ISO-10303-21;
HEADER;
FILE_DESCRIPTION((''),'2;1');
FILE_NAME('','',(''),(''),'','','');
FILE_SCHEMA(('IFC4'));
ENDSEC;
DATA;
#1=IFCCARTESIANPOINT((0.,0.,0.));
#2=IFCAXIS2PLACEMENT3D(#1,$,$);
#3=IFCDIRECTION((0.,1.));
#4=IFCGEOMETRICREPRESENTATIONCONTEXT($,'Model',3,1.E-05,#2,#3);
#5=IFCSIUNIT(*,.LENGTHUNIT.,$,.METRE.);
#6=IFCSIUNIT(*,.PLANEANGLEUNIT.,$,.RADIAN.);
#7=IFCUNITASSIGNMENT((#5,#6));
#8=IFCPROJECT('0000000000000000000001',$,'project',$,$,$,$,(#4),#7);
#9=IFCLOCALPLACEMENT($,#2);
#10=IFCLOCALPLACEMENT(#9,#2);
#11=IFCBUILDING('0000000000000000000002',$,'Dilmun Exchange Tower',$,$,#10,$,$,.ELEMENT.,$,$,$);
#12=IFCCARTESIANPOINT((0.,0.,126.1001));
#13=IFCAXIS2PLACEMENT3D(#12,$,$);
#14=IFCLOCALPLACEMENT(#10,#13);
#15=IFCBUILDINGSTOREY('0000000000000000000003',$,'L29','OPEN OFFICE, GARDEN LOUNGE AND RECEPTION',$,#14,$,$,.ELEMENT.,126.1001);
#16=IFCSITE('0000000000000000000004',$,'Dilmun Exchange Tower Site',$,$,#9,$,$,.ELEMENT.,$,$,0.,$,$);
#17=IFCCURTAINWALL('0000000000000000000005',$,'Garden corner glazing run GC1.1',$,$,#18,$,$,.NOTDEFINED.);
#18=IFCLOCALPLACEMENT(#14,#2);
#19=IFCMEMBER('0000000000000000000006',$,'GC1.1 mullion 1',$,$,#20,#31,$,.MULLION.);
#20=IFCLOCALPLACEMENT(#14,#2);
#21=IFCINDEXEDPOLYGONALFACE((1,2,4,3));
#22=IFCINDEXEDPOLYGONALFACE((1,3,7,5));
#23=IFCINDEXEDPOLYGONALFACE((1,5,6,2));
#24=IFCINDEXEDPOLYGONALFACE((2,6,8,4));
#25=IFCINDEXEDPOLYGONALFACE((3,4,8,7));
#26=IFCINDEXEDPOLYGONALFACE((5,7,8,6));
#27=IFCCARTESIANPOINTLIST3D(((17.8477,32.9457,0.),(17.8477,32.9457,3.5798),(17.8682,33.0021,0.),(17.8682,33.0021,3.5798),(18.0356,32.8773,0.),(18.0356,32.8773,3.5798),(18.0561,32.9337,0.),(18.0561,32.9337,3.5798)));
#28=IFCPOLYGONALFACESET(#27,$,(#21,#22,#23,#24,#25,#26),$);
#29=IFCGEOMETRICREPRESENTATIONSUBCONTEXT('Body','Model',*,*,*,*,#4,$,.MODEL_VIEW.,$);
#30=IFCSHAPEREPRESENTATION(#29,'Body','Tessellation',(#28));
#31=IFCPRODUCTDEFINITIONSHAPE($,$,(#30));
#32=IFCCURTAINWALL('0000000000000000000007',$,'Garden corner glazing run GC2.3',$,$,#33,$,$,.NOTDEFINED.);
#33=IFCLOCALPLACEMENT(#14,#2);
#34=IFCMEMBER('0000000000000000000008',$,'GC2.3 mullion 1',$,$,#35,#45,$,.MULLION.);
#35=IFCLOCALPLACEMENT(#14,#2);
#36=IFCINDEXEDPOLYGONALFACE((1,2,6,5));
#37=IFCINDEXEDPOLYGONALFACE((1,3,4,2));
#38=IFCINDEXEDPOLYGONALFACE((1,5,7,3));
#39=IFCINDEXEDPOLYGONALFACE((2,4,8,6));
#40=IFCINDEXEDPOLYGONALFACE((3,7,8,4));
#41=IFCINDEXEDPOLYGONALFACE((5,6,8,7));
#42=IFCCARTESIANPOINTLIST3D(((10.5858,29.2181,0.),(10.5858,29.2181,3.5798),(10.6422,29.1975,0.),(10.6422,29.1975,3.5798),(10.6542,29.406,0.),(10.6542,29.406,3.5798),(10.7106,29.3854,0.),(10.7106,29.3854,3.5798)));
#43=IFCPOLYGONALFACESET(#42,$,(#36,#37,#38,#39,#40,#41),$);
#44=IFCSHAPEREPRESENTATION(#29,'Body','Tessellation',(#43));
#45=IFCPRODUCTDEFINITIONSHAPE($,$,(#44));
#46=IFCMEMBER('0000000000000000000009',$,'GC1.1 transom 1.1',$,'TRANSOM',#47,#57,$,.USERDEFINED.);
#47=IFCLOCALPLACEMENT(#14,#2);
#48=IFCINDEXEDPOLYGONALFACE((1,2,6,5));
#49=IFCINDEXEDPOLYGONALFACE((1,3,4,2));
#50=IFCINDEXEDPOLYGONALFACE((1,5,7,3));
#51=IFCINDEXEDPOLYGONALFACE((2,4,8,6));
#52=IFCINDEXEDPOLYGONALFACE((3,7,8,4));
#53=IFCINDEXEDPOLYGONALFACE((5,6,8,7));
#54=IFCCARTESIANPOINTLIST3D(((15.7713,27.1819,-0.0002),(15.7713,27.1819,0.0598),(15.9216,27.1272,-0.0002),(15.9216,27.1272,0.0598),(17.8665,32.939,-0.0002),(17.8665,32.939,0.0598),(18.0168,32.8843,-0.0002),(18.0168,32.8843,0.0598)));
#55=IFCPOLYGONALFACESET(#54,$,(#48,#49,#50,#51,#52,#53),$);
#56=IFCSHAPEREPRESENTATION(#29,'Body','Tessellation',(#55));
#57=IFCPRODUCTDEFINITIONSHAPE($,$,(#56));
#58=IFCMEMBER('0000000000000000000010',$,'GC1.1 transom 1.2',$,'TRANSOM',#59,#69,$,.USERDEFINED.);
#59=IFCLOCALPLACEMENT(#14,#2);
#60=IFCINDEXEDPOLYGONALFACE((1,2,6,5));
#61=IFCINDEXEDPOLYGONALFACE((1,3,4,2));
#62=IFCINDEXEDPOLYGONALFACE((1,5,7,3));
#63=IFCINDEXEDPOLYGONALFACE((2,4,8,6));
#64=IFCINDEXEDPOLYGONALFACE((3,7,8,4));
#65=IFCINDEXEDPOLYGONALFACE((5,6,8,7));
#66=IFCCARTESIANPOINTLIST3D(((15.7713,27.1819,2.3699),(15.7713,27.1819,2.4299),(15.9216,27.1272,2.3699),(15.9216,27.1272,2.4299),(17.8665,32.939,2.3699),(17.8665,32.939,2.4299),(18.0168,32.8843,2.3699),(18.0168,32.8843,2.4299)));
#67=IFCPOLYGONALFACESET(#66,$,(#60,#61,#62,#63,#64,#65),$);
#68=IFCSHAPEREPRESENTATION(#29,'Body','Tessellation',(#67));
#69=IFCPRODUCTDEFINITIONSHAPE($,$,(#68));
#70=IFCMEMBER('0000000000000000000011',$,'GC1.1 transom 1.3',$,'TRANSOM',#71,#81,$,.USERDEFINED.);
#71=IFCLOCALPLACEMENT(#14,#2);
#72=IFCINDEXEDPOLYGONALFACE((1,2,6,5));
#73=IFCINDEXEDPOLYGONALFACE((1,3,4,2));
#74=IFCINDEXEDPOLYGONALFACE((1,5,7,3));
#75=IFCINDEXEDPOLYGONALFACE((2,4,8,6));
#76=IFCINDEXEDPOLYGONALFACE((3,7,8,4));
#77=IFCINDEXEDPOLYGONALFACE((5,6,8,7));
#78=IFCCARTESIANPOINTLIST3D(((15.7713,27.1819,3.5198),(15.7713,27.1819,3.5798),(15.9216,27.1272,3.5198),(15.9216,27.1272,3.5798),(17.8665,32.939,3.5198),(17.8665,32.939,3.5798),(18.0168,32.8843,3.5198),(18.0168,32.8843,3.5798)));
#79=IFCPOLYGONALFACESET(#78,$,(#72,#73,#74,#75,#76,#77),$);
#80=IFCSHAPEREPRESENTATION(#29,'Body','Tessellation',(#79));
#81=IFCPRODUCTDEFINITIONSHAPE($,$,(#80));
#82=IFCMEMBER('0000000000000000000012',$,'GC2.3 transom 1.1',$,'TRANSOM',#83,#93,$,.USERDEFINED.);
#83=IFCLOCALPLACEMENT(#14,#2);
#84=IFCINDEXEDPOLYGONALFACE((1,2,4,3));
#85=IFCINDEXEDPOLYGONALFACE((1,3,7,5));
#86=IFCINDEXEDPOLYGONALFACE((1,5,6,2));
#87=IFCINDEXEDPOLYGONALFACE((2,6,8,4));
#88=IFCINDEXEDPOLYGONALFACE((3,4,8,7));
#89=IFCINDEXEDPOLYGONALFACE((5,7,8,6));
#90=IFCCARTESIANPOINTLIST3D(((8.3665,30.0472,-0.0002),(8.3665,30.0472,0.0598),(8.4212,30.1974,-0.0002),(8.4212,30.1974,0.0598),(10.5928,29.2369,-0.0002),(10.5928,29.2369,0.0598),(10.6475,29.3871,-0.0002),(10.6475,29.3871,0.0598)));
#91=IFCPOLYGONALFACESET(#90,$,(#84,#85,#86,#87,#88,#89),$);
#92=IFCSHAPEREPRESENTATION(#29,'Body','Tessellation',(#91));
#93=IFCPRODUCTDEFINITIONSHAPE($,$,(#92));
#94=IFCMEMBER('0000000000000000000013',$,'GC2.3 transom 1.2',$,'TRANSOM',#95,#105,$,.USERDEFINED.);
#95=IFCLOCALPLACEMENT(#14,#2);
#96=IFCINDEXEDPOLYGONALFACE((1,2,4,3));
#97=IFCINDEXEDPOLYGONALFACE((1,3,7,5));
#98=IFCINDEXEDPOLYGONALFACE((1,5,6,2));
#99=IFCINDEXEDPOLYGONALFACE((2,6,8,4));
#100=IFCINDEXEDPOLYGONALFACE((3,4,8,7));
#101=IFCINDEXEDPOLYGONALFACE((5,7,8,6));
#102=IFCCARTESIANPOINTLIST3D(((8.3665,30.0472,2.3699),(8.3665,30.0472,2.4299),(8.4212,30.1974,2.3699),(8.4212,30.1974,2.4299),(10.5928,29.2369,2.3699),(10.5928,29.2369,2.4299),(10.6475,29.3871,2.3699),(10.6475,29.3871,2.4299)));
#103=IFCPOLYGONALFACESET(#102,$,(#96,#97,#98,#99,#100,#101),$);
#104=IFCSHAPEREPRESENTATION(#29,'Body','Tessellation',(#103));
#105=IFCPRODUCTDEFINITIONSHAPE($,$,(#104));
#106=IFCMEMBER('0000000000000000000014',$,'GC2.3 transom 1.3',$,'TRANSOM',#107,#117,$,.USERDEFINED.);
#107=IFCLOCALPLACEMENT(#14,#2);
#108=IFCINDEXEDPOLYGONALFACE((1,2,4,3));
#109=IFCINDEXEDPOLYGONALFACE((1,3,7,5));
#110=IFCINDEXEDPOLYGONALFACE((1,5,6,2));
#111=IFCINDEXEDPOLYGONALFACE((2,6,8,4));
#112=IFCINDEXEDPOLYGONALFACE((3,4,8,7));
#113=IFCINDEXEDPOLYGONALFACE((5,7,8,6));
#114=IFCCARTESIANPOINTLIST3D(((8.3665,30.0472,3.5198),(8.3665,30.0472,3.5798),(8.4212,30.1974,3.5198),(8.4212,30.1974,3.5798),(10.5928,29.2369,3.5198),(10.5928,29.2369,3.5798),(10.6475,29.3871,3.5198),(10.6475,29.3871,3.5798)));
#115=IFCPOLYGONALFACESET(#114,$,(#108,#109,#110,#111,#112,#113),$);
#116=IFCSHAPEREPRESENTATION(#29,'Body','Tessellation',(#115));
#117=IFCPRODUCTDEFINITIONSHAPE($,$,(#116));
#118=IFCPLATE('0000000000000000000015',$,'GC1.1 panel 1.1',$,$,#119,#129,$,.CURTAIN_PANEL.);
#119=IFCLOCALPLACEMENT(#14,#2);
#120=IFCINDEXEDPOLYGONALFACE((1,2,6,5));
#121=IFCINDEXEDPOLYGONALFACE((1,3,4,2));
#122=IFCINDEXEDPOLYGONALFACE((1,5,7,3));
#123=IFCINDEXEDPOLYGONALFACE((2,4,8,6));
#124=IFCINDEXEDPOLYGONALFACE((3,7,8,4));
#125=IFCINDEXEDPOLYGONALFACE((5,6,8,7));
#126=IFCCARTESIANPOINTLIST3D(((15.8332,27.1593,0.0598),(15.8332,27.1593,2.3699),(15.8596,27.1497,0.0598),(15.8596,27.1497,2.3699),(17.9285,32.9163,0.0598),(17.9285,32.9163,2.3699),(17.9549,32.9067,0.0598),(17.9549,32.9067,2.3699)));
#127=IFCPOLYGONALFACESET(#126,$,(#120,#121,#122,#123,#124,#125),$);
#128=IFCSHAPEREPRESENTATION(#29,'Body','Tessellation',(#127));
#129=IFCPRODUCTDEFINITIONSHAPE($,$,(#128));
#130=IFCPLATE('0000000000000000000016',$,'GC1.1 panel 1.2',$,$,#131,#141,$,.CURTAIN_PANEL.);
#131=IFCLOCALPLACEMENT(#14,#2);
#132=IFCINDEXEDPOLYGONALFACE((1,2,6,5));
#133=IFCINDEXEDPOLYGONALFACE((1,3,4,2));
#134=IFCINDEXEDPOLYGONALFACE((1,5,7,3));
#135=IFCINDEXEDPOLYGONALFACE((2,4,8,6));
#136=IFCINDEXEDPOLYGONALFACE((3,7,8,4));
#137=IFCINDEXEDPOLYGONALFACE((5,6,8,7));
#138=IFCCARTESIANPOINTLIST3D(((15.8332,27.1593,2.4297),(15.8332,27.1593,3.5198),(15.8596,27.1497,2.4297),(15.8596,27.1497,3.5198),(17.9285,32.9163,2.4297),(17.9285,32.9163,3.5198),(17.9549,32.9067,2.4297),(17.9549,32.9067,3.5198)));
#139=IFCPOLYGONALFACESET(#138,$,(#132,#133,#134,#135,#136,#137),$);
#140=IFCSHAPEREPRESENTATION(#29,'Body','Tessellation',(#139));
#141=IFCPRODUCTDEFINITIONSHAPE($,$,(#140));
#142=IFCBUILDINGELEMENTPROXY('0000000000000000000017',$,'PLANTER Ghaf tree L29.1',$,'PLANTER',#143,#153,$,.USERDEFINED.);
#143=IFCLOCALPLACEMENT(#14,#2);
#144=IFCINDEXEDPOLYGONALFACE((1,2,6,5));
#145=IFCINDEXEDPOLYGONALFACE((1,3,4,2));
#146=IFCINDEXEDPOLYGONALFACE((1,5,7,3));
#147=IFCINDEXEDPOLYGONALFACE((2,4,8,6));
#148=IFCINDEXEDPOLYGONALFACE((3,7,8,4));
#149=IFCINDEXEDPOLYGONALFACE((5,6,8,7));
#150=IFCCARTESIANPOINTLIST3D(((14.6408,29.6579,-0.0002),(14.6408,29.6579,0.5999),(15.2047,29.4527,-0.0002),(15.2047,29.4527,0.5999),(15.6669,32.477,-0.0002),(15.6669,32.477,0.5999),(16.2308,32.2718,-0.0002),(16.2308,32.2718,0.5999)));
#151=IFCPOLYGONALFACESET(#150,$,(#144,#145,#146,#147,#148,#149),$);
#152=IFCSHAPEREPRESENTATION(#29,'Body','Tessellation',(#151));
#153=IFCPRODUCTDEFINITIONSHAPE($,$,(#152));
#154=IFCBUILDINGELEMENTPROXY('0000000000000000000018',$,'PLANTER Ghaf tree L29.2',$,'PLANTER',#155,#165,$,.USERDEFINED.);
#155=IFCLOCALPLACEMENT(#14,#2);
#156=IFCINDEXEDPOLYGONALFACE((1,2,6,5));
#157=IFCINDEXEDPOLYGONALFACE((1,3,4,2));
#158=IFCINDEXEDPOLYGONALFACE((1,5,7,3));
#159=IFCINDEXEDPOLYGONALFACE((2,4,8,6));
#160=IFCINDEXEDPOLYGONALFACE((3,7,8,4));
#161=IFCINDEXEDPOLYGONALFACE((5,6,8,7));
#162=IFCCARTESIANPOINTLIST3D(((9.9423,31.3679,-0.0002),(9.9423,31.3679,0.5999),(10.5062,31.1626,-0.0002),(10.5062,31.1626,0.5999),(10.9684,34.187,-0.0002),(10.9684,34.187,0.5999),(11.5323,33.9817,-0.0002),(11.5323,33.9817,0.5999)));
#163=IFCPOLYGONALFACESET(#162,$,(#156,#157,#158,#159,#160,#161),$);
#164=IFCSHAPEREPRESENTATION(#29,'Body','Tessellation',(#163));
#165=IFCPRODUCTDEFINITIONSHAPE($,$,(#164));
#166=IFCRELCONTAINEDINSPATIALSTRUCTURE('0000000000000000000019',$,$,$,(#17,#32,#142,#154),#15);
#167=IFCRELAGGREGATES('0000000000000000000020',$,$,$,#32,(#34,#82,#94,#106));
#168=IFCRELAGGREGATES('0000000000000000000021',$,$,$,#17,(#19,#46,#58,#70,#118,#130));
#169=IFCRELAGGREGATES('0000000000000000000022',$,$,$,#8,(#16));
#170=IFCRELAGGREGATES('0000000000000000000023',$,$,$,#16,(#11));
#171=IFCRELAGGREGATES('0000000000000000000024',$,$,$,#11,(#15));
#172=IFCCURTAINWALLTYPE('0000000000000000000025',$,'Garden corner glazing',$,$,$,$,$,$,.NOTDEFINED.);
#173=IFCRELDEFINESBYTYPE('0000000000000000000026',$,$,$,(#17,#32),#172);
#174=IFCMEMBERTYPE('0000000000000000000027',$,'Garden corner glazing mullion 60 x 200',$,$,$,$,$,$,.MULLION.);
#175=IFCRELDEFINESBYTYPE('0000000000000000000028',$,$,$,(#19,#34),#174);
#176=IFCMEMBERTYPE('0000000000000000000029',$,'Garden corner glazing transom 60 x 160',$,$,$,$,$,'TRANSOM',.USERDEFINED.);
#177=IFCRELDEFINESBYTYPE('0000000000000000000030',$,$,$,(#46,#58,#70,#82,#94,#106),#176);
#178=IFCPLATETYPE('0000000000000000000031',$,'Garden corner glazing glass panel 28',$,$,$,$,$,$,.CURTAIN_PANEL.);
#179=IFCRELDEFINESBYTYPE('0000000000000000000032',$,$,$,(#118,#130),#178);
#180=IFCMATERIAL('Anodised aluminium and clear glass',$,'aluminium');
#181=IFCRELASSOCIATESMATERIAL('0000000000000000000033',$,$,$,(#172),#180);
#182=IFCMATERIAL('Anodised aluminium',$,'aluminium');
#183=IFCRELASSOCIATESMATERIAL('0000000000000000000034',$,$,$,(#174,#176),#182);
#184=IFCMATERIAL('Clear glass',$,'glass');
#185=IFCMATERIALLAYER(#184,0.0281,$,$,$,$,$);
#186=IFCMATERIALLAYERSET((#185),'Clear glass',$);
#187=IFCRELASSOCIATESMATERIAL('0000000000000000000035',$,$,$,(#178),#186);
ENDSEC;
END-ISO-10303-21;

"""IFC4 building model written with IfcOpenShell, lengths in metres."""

from ifc_helpers import new_model, si_unit, direction, frame, origin, origin_2d, place, context, subcontext, project, spatial, rectangle, extrude, material, layer, layer_set, material_profile, profile_set, type_object, element, aggregate, save


model = new_model("IFC4")

# Units and contexts
model_context = context("Model", 3, precision=1e-05, world=origin(), true_north=direction((0.0, 1.0)))
body_context = subcontext(model_context, "Body", "Model", "MODEL_VIEW")
ifc_project = project(units=[si_unit("LENGTHUNIT", "METRE"), si_unit("PLANEANGLEUNIT", "RADIAN")], contexts=[model_context])

# Site, building, storey
site_placement = place(None, origin())
site = spatial("IfcSite", under=ifc_project, at=site_placement, Name="Dilmun Exchange Tower Site", CompositionType="ELEMENT", RefElevation=0.0)
building_placement = place(site_placement, origin())
building = spatial("IfcBuilding", under=site, at=building_placement, Name="Dilmun Exchange Tower", CompositionType="ELEMENT")
storey_placement = place(building_placement, frame((0.0, 0.0, 126.1001)))
storey = spatial("IfcBuildingStorey", under=building, at=storey_placement, Name="L29", Description="OPEN OFFICE, GARDEN LOUNGE AND RECEPTION", CompositionType="ELEMENT", Elevation=126.1001)

# Curtain walls, members
ifc_material_1 = material(Name="Anodised aluminium and clear glass", Category="aluminium")
curtain_wall_type = type_object("IfcCurtainWallType", Name="Garden corner glazing", PredefinedType="NOTDEFINED", material=ifc_material_1)
curtain_wall_1_placement = place(storey_placement, origin())
curtain_wall_1 = element("IfcCurtainWall", 1, at=curtain_wall_1_placement, inside=storey, type_object=curtain_wall_type, Name="Garden corner glazing run GC1.1", PredefinedType="NOTDEFINED")
ifc_material_2 = material(Name="Anodised aluminium", Category="aluminium")
ifc_material_profile_1 = material_profile(ifc_material_2, rectangle(XDim=0.2, YDim=0.0601, at=origin_2d()), Name="AL 60x200")
ifc_profile_set_1 = profile_set([ifc_material_profile_1], Name="Anodised aluminium")
member_type_1 = type_object("IfcMemberType", Name="Garden corner glazing mullion 60 x 200", PredefinedType="MULLION", material=ifc_profile_set_1)
member_1_placement = place(storey_placement, frame((17.9519, 32.9397, 0.0), z_axis=(0.0, 0.0, 1.0), x_axis=(0.939694, -0.342016, 0.0)))
member_1 = element("IfcMember", 2, at=member_1_placement, type_object=member_type_1, Name="GC1.1 mullion 1", PredefinedType="MULLION", context=body_context, shape_type="SweptSolid", body=[
    extrude(rectangle(XDim=0.2, YDim=0.0601, at=origin_2d()), origin(), (0.0, 0.0, 1.0), 3.5798),
])
curtain_wall_2_placement = place(storey_placement, origin())
curtain_wall_2 = element("IfcCurtainWall", 3, at=curtain_wall_2_placement, inside=storey, type_object=curtain_wall_type, Name="Garden corner glazing run GC2.3", PredefinedType="NOTDEFINED")
member_2_placement = place(storey_placement, frame((10.6482, 29.3018, 0.0), z_axis=(0.0, 0.0, 1.0), x_axis=(-0.342011, -0.939696, 0.0)))
member_2 = element("IfcMember", 4, at=member_2_placement, type_object=member_type_1, Name="GC2.3 mullion 1", PredefinedType="MULLION", context=body_context, shape_type="SweptSolid", body=[
    extrude(rectangle(XDim=0.2, YDim=0.0601, at=origin_2d()), origin(), (0.0, 0.0, 1.0), 3.5798),
])

# Members
ifc_material_profile_2 = material_profile(ifc_material_2, rectangle(XDim=0.1599, YDim=0.0601, at=origin_2d()), Name="AL 60x160")
ifc_profile_set_2 = profile_set([ifc_material_profile_2], Name="Anodised aluminium")
member_type_2 = type_object("IfcMemberType", Name="Garden corner glazing transom 60 x 160", ElementType="TRANSOM", PredefinedType="USERDEFINED", material=ifc_profile_set_2)
member_3_placement = place(storey_placement, frame((17.9417, 32.9116, 0.0298), z_axis=(-0.341993, -0.939703, 0.0), x_axis=(0.939703, -0.341993, 0.0)))
member_3 = element("IfcMember", 5, at=member_3_placement, type_object=member_type_2, Name="GC1.1 transom 1.1", ObjectType="TRANSOM", PredefinedType="USERDEFINED", context=body_context, shape_type="SweptSolid", body=[
    extrude(rectangle(XDim=0.1599, YDim=0.0601, at=origin_2d()), origin(), (0.0, 0.0, 1.0), 6.1265),
])
member_4_placement = place(storey_placement, frame((17.9417, 32.9116, 2.3999), z_axis=(-0.341993, -0.939703, 0.0), x_axis=(0.939703, -0.341993, 0.0)))
member_4 = element("IfcMember", 6, at=member_4_placement, type_object=member_type_2, Name="GC1.1 transom 1.2", ObjectType="TRANSOM", PredefinedType="USERDEFINED", context=body_context, shape_type="SweptSolid", body=[
    extrude(rectangle(XDim=0.1599, YDim=0.0601, at=origin_2d()), origin(), (0.0, 0.0, 1.0), 6.1265),
])
member_5_placement = place(storey_placement, frame((17.9417, 32.9116, 3.5498), z_axis=(-0.341993, -0.939703, 0.0), x_axis=(0.939703, -0.341993, 0.0)))
member_5 = element("IfcMember", 7, at=member_5_placement, type_object=member_type_2, Name="GC1.1 transom 1.3", ObjectType="TRANSOM", PredefinedType="USERDEFINED", context=body_context, shape_type="SweptSolid", body=[
    extrude(rectangle(XDim=0.1599, YDim=0.0601, at=origin_2d()), origin(), (0.0, 0.0, 1.0), 6.1265),
])
member_6_placement = place(storey_placement, frame((10.6201, 29.312, 0.0298), z_axis=(-0.939694, 0.342016, 0.0), x_axis=(-0.342016, -0.939694, 0.0)))
member_6 = element("IfcMember", 8, at=member_6_placement, type_object=member_type_2, Name="GC2.3 transom 1.1", ObjectType="TRANSOM", PredefinedType="USERDEFINED", context=body_context, shape_type="SweptSolid", body=[
    extrude(rectangle(XDim=0.1599, YDim=0.0601, at=origin_2d()), origin(), (0.0, 0.0, 1.0), 2.3691),
])
member_7_placement = place(storey_placement, frame((10.6201, 29.312, 2.3999), z_axis=(-0.939694, 0.342016, 0.0), x_axis=(-0.342016, -0.939694, 0.0)))
member_7 = element("IfcMember", 9, at=member_7_placement, type_object=member_type_2, Name="GC2.3 transom 1.2", ObjectType="TRANSOM", PredefinedType="USERDEFINED", context=body_context, shape_type="SweptSolid", body=[
    extrude(rectangle(XDim=0.1599, YDim=0.0601, at=origin_2d()), origin(), (0.0, 0.0, 1.0), 2.3691),
])
member_8_placement = place(storey_placement, frame((10.6201, 29.312, 3.5498), z_axis=(-0.939694, 0.342016, 0.0), x_axis=(-0.342016, -0.939694, 0.0)))
member_8 = element("IfcMember", 10, at=member_8_placement, type_object=member_type_2, Name="GC2.3 transom 1.3", ObjectType="TRANSOM", PredefinedType="USERDEFINED", context=body_context, shape_type="SweptSolid", body=[
    extrude(rectangle(XDim=0.1599, YDim=0.0601, at=origin_2d()), origin(), (0.0, 0.0, 1.0), 2.3691),
])
aggregate(curtain_wall_2, [member_2, member_6, member_7, member_8])

# Plates
ifc_material_3 = material(Name="Clear glass", Category="glass")
ifc_layer_1 = layer(ifc_material_3, 0.0281)
ifc_layer_set_1 = layer_set([ifc_layer_1], Name="Clear glass")
plate_type = type_object("IfcPlateType", Name="Garden corner glazing glass panel 28", PredefinedType="CURTAIN_PANEL", material=ifc_layer_set_1)
plate_1_placement = place(storey_placement, frame((16.894, 30.033, 0.0598), z_axis=(0.0, 0.0, 1.0), x_axis=(-0.342016, -0.939694, 0.0)))
plate_1 = element("IfcPlate", 11, at=plate_1_placement, type_object=plate_type, Name="GC1.1 panel 1.1", PredefinedType="CURTAIN_PANEL", context=body_context, shape_type="SweptSolid", body=[
    extrude(rectangle(XDim=6.1265, YDim=0.0281, at=origin_2d()), origin(), (0.0, 0.0, 1.0), 2.3101),
])
plate_2_placement = place(storey_placement, frame((16.894, 30.033, 2.4297), z_axis=(0.0, 0.0, 1.0), x_axis=(-0.342016, -0.939694, 0.0)))
plate_2 = element("IfcPlate", 12, at=plate_2_placement, type_object=plate_type, Name="GC1.1 panel 1.2", PredefinedType="CURTAIN_PANEL", context=body_context, shape_type="SweptSolid", body=[
    extrude(rectangle(XDim=6.1265, YDim=0.0281, at=origin_2d()), origin(), (0.0, 0.0, 1.0), 1.0901),
])
aggregate(curtain_wall_1, [member_1, member_3, member_4, member_5, plate_1, plate_2])

# Building element proxies
for number, where, z_axis, x_axis, name in (
    (13, (15.4358, 30.9648, -0.0002), (0.0, 0.0, 1.0), (0.34202, 0.939693, 0.0), "PLANTER Ghaf tree L29.1"),
    (14, (10.7373, 32.6748, -0.0002), (0.0, 0.0, 1.0), (0.34202, 0.939693, 0.0), "PLANTER Ghaf tree L29.2"),
):
    element("IfcBuildingElementProxy", number, at=place(storey_placement, frame(where, z_axis=z_axis, x_axis=x_axis)), inside=storey, Name=name, ObjectType="PLANTER", PredefinedType="USERDEFINED", context=body_context, shape_type="SweptSolid", body=[
        extrude(rectangle(XDim=3.0, YDim=0.6001, at=origin_2d()), origin(), (0.0, 0.0, 1.0), 0.6001),
    ])

save(model, "model.ifc")
